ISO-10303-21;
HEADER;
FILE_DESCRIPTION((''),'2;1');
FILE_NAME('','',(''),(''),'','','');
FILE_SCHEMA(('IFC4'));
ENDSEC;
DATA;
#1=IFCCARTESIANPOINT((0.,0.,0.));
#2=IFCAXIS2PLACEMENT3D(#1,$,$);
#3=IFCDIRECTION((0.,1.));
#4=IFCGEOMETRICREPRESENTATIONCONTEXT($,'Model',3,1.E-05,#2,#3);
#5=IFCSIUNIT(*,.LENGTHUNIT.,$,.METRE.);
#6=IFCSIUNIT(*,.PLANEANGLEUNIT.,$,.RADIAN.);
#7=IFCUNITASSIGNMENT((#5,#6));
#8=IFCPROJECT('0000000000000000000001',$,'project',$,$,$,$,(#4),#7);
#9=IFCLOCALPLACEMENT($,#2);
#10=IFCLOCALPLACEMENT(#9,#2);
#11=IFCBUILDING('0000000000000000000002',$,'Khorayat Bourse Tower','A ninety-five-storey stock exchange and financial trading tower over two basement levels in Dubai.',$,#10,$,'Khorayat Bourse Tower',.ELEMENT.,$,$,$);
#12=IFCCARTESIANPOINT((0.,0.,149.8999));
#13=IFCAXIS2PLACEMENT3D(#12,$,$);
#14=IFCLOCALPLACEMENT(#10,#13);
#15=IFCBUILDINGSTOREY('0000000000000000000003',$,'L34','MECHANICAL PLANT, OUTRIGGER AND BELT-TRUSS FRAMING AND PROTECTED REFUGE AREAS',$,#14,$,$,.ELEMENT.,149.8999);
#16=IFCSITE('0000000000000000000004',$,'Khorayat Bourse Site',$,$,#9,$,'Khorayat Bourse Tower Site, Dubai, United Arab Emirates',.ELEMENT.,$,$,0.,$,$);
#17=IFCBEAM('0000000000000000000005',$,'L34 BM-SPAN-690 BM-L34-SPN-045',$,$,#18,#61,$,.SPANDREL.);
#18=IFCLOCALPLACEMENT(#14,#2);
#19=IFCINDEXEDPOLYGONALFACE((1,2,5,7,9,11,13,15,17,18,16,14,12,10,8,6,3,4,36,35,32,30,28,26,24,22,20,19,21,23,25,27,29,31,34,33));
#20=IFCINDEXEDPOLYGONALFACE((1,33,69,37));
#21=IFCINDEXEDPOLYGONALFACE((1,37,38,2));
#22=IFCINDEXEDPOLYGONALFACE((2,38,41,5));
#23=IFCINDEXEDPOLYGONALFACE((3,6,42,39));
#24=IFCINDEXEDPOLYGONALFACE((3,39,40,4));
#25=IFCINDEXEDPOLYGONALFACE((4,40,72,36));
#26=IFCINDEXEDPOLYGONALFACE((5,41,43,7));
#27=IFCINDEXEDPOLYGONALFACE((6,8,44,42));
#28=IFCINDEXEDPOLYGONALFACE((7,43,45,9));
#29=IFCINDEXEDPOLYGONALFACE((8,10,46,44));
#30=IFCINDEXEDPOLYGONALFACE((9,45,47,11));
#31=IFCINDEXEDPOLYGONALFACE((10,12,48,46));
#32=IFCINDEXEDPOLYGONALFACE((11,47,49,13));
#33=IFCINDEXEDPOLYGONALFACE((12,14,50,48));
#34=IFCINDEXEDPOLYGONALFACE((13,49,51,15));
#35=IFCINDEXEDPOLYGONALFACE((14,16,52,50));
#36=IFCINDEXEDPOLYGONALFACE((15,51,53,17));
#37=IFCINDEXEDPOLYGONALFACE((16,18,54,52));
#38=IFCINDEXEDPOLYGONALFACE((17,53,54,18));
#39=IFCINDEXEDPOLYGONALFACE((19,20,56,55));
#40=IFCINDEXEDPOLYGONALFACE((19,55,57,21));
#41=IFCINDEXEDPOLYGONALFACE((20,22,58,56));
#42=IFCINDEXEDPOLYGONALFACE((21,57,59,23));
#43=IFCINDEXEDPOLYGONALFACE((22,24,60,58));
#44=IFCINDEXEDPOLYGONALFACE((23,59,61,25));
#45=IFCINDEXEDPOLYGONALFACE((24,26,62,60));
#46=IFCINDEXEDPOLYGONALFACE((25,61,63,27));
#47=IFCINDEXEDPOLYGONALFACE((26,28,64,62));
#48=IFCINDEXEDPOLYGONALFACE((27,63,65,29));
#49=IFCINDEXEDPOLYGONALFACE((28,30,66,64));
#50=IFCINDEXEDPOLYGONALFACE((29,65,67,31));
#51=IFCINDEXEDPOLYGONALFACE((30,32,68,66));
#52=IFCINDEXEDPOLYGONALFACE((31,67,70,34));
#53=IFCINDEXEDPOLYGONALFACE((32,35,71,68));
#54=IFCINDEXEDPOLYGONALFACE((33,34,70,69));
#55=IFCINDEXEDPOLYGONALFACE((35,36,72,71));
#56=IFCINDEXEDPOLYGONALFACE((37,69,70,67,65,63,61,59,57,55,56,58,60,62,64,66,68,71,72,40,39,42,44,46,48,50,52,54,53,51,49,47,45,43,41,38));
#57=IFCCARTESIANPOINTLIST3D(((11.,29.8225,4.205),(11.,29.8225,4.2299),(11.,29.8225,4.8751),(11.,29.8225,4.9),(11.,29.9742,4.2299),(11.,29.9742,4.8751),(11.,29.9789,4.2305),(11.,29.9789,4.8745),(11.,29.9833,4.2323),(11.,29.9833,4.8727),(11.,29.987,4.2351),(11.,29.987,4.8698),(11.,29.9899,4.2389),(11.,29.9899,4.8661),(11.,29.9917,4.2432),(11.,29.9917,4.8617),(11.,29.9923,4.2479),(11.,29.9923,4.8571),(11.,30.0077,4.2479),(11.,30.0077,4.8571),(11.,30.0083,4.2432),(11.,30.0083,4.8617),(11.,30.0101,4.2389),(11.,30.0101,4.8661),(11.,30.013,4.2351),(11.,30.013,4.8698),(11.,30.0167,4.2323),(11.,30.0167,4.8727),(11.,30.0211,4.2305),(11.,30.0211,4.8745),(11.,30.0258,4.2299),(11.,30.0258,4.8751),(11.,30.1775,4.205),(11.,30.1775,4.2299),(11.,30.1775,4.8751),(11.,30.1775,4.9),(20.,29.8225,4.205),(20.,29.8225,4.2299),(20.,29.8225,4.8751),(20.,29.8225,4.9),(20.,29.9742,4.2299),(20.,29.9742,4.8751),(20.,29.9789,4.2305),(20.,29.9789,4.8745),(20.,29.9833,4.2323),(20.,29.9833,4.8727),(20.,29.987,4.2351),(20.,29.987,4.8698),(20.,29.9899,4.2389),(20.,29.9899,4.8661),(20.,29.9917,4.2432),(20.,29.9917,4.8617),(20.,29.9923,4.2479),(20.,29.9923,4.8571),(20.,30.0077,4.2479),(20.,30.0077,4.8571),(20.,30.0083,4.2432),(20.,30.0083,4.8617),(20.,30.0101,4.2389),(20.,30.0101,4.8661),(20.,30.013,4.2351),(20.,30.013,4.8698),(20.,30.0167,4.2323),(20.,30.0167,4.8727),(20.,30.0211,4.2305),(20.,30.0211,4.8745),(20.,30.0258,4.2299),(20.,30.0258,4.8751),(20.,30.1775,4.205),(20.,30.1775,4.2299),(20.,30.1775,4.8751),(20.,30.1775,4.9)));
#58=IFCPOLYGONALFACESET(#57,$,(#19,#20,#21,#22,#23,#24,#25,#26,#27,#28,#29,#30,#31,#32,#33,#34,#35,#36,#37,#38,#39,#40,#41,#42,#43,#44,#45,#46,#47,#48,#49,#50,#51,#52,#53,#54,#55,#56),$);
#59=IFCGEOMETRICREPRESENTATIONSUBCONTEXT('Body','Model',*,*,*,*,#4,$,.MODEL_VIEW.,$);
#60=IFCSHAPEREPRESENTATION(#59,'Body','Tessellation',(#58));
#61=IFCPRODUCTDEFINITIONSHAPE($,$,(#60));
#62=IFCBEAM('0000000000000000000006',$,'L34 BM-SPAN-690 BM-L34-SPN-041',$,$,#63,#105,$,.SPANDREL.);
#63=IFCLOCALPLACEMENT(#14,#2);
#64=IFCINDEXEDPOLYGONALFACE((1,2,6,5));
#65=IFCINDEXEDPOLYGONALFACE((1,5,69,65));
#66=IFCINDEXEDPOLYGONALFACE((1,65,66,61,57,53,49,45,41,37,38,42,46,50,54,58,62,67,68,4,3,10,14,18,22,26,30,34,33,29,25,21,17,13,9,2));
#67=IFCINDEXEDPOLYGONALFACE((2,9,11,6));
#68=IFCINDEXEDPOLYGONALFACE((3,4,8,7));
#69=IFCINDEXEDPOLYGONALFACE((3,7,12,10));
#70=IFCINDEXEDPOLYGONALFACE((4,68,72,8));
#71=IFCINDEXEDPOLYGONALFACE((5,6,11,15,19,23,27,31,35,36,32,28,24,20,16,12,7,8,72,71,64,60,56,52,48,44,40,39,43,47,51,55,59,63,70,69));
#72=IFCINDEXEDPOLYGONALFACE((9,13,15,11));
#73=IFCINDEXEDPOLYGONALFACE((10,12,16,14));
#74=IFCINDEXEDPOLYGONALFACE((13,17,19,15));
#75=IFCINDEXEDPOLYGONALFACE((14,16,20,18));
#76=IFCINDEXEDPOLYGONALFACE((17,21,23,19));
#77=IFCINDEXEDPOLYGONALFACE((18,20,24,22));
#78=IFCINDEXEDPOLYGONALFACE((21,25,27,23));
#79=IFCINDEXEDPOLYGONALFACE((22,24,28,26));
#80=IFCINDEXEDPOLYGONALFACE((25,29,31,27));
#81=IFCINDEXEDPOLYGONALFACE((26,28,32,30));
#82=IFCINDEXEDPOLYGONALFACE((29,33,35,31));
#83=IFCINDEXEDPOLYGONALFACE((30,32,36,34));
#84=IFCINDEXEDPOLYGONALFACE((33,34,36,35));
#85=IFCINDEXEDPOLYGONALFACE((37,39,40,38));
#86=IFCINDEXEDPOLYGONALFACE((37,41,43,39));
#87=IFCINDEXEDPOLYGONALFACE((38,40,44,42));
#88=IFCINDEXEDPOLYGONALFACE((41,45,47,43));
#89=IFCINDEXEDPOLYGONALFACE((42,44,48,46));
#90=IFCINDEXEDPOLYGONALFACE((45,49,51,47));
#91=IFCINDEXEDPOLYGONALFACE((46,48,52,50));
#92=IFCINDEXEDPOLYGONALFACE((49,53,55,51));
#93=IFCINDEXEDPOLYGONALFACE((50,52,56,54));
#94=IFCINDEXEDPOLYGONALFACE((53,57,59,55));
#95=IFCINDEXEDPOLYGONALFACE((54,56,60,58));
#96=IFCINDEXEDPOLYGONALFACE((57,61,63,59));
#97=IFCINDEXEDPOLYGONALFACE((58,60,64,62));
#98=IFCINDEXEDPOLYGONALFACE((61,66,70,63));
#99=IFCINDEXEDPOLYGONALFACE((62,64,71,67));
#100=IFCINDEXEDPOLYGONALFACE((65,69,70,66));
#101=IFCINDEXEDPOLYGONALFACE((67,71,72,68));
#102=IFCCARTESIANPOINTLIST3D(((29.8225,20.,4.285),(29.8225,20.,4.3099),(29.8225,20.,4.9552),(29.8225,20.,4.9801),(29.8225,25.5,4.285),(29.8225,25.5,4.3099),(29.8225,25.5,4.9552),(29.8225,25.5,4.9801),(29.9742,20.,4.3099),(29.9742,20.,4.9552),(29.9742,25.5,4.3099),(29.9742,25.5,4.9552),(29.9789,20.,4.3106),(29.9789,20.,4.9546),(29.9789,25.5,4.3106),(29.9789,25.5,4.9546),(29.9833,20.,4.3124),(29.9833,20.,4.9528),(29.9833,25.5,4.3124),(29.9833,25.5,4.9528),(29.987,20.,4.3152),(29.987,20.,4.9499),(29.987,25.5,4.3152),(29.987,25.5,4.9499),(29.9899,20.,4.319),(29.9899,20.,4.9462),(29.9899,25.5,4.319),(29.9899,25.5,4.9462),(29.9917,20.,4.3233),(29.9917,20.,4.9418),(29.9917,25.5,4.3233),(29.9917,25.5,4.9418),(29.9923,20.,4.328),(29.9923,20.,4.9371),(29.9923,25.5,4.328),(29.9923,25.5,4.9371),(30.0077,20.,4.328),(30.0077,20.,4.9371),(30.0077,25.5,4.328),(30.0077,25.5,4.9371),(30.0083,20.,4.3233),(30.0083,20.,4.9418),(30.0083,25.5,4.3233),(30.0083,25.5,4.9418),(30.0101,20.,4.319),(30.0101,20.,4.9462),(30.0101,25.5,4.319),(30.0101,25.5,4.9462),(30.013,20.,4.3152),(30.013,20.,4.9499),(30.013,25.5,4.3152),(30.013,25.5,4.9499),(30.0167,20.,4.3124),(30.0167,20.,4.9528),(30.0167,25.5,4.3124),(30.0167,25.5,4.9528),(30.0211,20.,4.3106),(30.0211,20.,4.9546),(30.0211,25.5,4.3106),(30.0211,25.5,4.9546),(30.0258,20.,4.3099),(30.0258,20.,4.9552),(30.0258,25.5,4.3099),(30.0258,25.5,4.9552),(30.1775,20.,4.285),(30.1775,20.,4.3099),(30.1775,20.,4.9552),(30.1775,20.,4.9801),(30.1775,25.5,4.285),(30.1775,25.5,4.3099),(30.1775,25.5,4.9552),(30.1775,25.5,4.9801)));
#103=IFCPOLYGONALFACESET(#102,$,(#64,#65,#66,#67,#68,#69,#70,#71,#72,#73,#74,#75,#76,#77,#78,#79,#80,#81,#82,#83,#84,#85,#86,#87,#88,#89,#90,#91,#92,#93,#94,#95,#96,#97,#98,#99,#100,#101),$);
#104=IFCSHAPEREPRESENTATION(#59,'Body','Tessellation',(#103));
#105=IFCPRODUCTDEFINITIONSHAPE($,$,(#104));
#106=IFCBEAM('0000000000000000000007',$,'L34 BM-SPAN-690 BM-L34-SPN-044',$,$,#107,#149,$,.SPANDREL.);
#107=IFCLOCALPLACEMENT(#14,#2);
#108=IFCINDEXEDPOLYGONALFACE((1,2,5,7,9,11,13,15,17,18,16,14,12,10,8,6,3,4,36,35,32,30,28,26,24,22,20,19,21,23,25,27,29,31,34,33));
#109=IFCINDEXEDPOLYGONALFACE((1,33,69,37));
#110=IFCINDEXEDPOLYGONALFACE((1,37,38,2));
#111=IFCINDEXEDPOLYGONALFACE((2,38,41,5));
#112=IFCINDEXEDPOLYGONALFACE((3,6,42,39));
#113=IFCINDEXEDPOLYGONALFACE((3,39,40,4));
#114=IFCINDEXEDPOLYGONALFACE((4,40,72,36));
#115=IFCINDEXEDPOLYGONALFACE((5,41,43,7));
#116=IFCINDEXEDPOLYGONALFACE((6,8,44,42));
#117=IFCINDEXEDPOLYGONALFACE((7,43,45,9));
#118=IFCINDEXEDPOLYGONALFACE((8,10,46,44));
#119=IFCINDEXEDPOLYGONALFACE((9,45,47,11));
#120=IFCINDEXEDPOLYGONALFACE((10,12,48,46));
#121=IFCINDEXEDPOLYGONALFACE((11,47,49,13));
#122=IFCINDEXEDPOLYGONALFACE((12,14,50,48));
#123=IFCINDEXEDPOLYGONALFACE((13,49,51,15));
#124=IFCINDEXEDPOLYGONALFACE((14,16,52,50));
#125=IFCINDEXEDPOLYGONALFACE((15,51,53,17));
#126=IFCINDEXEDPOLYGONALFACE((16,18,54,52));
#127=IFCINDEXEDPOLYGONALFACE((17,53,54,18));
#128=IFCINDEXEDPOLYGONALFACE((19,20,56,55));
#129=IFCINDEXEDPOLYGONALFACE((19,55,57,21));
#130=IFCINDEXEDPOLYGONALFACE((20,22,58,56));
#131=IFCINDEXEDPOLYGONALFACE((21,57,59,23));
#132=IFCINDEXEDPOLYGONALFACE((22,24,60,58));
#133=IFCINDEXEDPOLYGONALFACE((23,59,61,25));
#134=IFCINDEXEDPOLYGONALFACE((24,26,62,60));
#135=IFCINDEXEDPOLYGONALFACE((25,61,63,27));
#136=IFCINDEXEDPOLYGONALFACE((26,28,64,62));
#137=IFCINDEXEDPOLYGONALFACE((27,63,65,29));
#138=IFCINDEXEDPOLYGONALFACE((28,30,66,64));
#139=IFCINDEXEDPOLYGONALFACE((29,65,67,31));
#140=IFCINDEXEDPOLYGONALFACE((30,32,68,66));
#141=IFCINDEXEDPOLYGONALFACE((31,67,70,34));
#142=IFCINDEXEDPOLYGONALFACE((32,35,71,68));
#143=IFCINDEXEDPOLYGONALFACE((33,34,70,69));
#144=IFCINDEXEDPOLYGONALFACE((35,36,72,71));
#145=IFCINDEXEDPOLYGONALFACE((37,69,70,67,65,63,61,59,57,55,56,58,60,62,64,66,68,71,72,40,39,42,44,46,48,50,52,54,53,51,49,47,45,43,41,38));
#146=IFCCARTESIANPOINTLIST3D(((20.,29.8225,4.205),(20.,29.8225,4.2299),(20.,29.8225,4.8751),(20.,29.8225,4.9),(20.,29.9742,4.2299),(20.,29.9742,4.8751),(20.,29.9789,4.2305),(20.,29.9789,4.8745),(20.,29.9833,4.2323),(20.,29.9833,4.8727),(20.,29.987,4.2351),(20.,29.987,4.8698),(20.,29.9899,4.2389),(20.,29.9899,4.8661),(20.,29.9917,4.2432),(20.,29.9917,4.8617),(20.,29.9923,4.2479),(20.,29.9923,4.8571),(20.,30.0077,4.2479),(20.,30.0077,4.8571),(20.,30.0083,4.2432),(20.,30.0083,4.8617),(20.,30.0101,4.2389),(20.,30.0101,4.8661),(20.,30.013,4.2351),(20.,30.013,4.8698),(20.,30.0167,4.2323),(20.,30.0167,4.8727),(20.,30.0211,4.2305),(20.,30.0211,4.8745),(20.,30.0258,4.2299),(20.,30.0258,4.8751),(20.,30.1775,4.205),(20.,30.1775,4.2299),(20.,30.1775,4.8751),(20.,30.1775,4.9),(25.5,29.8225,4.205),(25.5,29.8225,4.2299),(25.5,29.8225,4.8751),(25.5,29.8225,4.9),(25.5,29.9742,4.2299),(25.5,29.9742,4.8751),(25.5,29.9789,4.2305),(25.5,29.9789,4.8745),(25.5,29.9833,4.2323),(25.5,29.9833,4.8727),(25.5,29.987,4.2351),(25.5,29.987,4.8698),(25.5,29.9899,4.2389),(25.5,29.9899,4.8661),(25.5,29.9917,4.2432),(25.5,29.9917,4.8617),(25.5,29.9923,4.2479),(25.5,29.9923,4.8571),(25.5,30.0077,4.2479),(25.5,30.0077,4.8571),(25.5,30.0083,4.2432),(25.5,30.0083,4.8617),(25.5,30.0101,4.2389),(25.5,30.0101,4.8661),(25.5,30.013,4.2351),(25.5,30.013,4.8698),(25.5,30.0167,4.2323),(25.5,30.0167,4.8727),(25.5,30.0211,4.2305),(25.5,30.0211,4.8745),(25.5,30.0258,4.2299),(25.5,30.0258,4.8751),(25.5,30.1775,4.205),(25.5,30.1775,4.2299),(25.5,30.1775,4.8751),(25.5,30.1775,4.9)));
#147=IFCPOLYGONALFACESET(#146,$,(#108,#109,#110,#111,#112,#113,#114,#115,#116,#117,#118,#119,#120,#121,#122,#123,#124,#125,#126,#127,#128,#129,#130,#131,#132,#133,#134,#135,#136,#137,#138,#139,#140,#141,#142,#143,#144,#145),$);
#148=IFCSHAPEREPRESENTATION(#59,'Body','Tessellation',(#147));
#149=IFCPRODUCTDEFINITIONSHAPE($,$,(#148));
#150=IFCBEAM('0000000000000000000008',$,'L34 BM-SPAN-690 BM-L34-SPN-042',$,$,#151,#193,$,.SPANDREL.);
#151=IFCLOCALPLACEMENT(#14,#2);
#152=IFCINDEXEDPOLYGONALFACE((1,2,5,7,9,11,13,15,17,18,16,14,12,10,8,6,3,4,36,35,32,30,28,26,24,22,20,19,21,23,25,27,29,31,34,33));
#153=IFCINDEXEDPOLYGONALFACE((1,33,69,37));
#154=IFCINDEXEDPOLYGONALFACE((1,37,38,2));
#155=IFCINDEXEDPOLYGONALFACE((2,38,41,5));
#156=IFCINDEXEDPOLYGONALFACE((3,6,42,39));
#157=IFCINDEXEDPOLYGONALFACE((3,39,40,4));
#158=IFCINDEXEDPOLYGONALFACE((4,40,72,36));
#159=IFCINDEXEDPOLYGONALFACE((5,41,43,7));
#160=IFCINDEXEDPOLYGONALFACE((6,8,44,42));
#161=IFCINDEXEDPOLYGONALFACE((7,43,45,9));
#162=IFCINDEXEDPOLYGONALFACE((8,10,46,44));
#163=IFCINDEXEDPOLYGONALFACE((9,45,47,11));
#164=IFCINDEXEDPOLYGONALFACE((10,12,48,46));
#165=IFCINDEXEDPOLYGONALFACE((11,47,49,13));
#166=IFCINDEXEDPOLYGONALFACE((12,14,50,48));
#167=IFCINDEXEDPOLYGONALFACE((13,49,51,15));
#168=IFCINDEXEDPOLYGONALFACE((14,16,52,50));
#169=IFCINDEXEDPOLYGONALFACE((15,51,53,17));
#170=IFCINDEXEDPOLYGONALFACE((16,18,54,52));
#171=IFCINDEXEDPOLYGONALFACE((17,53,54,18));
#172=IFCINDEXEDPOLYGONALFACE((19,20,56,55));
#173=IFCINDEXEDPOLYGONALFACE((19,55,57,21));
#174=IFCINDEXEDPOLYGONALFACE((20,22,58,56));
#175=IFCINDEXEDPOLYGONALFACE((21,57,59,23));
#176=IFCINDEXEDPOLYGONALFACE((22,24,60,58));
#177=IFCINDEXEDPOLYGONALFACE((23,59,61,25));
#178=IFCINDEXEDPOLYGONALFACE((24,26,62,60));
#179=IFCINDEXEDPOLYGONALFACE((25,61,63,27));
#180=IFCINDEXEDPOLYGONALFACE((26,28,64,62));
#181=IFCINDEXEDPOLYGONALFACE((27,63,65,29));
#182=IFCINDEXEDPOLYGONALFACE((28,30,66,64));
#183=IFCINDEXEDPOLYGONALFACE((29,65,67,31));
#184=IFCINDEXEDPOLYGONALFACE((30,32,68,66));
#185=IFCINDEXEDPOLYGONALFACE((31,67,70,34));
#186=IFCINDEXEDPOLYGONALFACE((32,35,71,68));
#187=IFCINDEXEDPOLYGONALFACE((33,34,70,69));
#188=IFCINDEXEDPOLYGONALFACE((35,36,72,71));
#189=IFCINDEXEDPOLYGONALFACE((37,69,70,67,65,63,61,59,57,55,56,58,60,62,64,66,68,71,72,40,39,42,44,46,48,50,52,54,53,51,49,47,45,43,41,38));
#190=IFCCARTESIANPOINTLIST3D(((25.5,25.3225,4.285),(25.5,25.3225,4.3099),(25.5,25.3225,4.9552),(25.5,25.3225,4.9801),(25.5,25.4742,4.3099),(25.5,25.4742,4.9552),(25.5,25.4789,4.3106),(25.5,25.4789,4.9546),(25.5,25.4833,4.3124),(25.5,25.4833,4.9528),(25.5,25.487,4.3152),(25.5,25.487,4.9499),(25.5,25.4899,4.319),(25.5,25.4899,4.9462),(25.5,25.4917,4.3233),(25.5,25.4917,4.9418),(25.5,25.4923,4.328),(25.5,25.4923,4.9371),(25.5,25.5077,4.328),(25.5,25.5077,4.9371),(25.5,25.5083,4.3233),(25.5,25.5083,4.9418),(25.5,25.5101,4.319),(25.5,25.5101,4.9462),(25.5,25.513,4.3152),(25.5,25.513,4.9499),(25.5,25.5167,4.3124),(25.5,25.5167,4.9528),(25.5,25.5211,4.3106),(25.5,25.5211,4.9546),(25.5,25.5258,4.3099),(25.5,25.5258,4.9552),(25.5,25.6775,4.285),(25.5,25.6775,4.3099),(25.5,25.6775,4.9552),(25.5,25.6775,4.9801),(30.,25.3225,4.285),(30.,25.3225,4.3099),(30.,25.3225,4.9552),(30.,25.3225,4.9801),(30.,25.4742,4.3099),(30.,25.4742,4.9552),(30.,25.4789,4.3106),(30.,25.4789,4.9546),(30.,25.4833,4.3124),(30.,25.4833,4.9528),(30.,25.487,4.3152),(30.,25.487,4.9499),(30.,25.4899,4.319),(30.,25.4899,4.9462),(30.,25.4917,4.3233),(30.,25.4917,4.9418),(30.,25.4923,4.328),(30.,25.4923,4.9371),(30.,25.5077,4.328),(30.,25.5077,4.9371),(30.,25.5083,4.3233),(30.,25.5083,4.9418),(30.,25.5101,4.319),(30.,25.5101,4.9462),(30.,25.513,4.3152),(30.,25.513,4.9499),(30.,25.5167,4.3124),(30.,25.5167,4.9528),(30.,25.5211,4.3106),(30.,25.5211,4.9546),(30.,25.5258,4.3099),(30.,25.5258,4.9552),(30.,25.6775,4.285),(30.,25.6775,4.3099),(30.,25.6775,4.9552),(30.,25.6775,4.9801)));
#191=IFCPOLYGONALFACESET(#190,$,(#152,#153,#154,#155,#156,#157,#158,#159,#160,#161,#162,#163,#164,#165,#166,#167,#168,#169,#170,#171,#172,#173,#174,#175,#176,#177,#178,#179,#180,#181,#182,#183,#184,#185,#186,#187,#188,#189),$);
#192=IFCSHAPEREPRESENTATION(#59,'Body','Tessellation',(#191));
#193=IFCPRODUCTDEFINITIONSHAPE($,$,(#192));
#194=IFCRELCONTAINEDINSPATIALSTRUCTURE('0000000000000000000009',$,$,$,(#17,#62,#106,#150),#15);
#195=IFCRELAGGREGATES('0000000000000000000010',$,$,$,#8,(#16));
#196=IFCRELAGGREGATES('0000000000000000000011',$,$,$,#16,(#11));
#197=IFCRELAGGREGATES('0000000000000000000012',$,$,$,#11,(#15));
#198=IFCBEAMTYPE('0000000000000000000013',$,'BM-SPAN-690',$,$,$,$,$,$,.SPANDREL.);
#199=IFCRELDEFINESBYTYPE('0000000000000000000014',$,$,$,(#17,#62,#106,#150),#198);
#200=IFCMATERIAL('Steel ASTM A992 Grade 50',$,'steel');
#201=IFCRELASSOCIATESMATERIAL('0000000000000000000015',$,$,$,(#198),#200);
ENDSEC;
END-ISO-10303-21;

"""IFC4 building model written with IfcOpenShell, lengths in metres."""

from ifc_helpers import new_model, si_unit, direction, frame, origin, origin_2d, place, context, subcontext, project, spatial, i_section, extrude, source, transform, mapped, material, material_profile, profile_set, type_object, element, save


model = new_model("IFC4")

# Units and contexts
model_context = context("Model", 3, precision=1e-05, world=origin(), true_north=direction((0.0, 1.0)))
body_context = subcontext(model_context, "Body", "Model", "MODEL_VIEW")
ifc_project = project(units=[si_unit("LENGTHUNIT", "METRE"), si_unit("PLANEANGLEUNIT", "RADIAN")], contexts=[model_context])

# Site, building, storey
site_placement = place(None, origin())
site = spatial("IfcSite", under=ifc_project, at=site_placement, Name="Khorayat Bourse Site", LongName="Khorayat Bourse Tower Site, Dubai, United Arab Emirates", CompositionType="ELEMENT", RefElevation=0.0)
building_placement = place(site_placement, origin())
building = spatial("IfcBuilding", under=site, at=building_placement, Name="Khorayat Bourse Tower", Description="A ninety-five-storey stock exchange and financial trading tower over two basement levels in Dubai.", LongName="Khorayat Bourse Tower", CompositionType="ELEMENT")
storey_placement = place(building_placement, frame((0.0, 0.0, 149.8999)))
storey = spatial("IfcBuildingStorey", under=building, at=storey_placement, Name="L34", Description="MECHANICAL PLANT, OUTRIGGER AND BELT-TRUSS FRAMING AND PROTECTED REFUGE AREAS", CompositionType="ELEMENT", Elevation=149.8999)

# Beams
ifc_material_1 = material(Name="Steel ASTM A992 Grade 50", Category="steel")
ifc_material_profile_1 = material_profile(ifc_material_1, i_section(OverallWidth=0.355, OverallDepth=0.6951, WebThickness=0.0154, FlangeThickness=0.0249, FilletRadius=0.0181, at=origin_2d()), Name="W690X217")
ifc_profile_set_1 = profile_set([ifc_material_profile_1], Name="Steel ASTM A992 Grade 50")
beam_type_1 = type_object("IfcBeamType", Name="BM-SPAN-690", PredefinedType="SPANDREL", material=ifc_profile_set_1)
shared_shape_1 = source(origin(), body_context, "Body", "SweptSolid", [
    extrude(i_section(OverallWidth=0.355, OverallDepth=0.6951, WebThickness=0.0154, FlangeThickness=0.0249, FilletRadius=0.0181, at=origin_2d()), origin(), (0.0, 0.0, 1.0), 9.0),
])
for number, where, z_axis, x_axis, name in (
    (1, (11.0, 30.0, 4.5525), (1.0, 0.0, 0.0), (0.0, 1.0, 0.0), "L34 BM-SPAN-690 BM-L34-SPN-045"),
):
    element("IfcBeam", number, at=place(storey_placement, frame(where, z_axis=z_axis, x_axis=x_axis)), inside=storey, type_object=beam_type_1, Name=name, PredefinedType="SPANDREL", context=body_context, shape_type="MappedRepresentation", body=[
        mapped(shared_shape_1, transform((0.0, 0.0, 0.0), scale=1.0)),
    ])
shared_shape_2 = source(origin(), body_context, "Body", "SweptSolid", [
    extrude(i_section(OverallWidth=0.355, OverallDepth=0.6951, WebThickness=0.0154, FlangeThickness=0.0249, FilletRadius=0.0181, at=origin_2d()), origin(), (0.0, 0.0, 1.0), 5.5),
])
for number, where, z_axis, x_axis, name in (
    (2, (30.0, 20.0, 4.6326), (0.0, 1.0, 0.0), (-1.0, 0.0, 0.0), "L34 BM-SPAN-690 BM-L34-SPN-041"),
    (3, (20.0, 30.0, 4.5525), (1.0, 0.0, 0.0), (0.0, 1.0, 0.0), "L34 BM-SPAN-690 BM-L34-SPN-044"),
):
    element("IfcBeam", number, at=place(storey_placement, frame(where, z_axis=z_axis, x_axis=x_axis)), inside=storey, type_object=beam_type_1, Name=name, PredefinedType="SPANDREL", context=body_context, shape_type="MappedRepresentation", body=[
        mapped(shared_shape_2, transform((0.0, 0.0, 0.0), scale=1.0)),
    ])
shared_shape_3 = source(origin(), body_context, "Body", "SweptSolid", [
    extrude(i_section(OverallWidth=0.355, OverallDepth=0.6951, WebThickness=0.0154, FlangeThickness=0.0249, FilletRadius=0.0181, at=origin_2d()), origin(), (0.0, 0.0, 1.0), 4.5),
])
for number, where, z_axis, x_axis, name in (
    (4, (25.5, 25.5, 4.6326), (1.0, 0.0, 0.0), (0.0, 1.0, 0.0), "L34 BM-SPAN-690 BM-L34-SPN-042"),
):
    element("IfcBeam", number, at=place(storey_placement, frame(where, z_axis=z_axis, x_axis=x_axis)), inside=storey, type_object=beam_type_1, Name=name, PredefinedType="SPANDREL", context=body_context, shape_type="MappedRepresentation", body=[
        mapped(shared_shape_3, transform((0.0, 0.0, 0.0), scale=1.0)),
    ])

save(model, "model.ifc")
